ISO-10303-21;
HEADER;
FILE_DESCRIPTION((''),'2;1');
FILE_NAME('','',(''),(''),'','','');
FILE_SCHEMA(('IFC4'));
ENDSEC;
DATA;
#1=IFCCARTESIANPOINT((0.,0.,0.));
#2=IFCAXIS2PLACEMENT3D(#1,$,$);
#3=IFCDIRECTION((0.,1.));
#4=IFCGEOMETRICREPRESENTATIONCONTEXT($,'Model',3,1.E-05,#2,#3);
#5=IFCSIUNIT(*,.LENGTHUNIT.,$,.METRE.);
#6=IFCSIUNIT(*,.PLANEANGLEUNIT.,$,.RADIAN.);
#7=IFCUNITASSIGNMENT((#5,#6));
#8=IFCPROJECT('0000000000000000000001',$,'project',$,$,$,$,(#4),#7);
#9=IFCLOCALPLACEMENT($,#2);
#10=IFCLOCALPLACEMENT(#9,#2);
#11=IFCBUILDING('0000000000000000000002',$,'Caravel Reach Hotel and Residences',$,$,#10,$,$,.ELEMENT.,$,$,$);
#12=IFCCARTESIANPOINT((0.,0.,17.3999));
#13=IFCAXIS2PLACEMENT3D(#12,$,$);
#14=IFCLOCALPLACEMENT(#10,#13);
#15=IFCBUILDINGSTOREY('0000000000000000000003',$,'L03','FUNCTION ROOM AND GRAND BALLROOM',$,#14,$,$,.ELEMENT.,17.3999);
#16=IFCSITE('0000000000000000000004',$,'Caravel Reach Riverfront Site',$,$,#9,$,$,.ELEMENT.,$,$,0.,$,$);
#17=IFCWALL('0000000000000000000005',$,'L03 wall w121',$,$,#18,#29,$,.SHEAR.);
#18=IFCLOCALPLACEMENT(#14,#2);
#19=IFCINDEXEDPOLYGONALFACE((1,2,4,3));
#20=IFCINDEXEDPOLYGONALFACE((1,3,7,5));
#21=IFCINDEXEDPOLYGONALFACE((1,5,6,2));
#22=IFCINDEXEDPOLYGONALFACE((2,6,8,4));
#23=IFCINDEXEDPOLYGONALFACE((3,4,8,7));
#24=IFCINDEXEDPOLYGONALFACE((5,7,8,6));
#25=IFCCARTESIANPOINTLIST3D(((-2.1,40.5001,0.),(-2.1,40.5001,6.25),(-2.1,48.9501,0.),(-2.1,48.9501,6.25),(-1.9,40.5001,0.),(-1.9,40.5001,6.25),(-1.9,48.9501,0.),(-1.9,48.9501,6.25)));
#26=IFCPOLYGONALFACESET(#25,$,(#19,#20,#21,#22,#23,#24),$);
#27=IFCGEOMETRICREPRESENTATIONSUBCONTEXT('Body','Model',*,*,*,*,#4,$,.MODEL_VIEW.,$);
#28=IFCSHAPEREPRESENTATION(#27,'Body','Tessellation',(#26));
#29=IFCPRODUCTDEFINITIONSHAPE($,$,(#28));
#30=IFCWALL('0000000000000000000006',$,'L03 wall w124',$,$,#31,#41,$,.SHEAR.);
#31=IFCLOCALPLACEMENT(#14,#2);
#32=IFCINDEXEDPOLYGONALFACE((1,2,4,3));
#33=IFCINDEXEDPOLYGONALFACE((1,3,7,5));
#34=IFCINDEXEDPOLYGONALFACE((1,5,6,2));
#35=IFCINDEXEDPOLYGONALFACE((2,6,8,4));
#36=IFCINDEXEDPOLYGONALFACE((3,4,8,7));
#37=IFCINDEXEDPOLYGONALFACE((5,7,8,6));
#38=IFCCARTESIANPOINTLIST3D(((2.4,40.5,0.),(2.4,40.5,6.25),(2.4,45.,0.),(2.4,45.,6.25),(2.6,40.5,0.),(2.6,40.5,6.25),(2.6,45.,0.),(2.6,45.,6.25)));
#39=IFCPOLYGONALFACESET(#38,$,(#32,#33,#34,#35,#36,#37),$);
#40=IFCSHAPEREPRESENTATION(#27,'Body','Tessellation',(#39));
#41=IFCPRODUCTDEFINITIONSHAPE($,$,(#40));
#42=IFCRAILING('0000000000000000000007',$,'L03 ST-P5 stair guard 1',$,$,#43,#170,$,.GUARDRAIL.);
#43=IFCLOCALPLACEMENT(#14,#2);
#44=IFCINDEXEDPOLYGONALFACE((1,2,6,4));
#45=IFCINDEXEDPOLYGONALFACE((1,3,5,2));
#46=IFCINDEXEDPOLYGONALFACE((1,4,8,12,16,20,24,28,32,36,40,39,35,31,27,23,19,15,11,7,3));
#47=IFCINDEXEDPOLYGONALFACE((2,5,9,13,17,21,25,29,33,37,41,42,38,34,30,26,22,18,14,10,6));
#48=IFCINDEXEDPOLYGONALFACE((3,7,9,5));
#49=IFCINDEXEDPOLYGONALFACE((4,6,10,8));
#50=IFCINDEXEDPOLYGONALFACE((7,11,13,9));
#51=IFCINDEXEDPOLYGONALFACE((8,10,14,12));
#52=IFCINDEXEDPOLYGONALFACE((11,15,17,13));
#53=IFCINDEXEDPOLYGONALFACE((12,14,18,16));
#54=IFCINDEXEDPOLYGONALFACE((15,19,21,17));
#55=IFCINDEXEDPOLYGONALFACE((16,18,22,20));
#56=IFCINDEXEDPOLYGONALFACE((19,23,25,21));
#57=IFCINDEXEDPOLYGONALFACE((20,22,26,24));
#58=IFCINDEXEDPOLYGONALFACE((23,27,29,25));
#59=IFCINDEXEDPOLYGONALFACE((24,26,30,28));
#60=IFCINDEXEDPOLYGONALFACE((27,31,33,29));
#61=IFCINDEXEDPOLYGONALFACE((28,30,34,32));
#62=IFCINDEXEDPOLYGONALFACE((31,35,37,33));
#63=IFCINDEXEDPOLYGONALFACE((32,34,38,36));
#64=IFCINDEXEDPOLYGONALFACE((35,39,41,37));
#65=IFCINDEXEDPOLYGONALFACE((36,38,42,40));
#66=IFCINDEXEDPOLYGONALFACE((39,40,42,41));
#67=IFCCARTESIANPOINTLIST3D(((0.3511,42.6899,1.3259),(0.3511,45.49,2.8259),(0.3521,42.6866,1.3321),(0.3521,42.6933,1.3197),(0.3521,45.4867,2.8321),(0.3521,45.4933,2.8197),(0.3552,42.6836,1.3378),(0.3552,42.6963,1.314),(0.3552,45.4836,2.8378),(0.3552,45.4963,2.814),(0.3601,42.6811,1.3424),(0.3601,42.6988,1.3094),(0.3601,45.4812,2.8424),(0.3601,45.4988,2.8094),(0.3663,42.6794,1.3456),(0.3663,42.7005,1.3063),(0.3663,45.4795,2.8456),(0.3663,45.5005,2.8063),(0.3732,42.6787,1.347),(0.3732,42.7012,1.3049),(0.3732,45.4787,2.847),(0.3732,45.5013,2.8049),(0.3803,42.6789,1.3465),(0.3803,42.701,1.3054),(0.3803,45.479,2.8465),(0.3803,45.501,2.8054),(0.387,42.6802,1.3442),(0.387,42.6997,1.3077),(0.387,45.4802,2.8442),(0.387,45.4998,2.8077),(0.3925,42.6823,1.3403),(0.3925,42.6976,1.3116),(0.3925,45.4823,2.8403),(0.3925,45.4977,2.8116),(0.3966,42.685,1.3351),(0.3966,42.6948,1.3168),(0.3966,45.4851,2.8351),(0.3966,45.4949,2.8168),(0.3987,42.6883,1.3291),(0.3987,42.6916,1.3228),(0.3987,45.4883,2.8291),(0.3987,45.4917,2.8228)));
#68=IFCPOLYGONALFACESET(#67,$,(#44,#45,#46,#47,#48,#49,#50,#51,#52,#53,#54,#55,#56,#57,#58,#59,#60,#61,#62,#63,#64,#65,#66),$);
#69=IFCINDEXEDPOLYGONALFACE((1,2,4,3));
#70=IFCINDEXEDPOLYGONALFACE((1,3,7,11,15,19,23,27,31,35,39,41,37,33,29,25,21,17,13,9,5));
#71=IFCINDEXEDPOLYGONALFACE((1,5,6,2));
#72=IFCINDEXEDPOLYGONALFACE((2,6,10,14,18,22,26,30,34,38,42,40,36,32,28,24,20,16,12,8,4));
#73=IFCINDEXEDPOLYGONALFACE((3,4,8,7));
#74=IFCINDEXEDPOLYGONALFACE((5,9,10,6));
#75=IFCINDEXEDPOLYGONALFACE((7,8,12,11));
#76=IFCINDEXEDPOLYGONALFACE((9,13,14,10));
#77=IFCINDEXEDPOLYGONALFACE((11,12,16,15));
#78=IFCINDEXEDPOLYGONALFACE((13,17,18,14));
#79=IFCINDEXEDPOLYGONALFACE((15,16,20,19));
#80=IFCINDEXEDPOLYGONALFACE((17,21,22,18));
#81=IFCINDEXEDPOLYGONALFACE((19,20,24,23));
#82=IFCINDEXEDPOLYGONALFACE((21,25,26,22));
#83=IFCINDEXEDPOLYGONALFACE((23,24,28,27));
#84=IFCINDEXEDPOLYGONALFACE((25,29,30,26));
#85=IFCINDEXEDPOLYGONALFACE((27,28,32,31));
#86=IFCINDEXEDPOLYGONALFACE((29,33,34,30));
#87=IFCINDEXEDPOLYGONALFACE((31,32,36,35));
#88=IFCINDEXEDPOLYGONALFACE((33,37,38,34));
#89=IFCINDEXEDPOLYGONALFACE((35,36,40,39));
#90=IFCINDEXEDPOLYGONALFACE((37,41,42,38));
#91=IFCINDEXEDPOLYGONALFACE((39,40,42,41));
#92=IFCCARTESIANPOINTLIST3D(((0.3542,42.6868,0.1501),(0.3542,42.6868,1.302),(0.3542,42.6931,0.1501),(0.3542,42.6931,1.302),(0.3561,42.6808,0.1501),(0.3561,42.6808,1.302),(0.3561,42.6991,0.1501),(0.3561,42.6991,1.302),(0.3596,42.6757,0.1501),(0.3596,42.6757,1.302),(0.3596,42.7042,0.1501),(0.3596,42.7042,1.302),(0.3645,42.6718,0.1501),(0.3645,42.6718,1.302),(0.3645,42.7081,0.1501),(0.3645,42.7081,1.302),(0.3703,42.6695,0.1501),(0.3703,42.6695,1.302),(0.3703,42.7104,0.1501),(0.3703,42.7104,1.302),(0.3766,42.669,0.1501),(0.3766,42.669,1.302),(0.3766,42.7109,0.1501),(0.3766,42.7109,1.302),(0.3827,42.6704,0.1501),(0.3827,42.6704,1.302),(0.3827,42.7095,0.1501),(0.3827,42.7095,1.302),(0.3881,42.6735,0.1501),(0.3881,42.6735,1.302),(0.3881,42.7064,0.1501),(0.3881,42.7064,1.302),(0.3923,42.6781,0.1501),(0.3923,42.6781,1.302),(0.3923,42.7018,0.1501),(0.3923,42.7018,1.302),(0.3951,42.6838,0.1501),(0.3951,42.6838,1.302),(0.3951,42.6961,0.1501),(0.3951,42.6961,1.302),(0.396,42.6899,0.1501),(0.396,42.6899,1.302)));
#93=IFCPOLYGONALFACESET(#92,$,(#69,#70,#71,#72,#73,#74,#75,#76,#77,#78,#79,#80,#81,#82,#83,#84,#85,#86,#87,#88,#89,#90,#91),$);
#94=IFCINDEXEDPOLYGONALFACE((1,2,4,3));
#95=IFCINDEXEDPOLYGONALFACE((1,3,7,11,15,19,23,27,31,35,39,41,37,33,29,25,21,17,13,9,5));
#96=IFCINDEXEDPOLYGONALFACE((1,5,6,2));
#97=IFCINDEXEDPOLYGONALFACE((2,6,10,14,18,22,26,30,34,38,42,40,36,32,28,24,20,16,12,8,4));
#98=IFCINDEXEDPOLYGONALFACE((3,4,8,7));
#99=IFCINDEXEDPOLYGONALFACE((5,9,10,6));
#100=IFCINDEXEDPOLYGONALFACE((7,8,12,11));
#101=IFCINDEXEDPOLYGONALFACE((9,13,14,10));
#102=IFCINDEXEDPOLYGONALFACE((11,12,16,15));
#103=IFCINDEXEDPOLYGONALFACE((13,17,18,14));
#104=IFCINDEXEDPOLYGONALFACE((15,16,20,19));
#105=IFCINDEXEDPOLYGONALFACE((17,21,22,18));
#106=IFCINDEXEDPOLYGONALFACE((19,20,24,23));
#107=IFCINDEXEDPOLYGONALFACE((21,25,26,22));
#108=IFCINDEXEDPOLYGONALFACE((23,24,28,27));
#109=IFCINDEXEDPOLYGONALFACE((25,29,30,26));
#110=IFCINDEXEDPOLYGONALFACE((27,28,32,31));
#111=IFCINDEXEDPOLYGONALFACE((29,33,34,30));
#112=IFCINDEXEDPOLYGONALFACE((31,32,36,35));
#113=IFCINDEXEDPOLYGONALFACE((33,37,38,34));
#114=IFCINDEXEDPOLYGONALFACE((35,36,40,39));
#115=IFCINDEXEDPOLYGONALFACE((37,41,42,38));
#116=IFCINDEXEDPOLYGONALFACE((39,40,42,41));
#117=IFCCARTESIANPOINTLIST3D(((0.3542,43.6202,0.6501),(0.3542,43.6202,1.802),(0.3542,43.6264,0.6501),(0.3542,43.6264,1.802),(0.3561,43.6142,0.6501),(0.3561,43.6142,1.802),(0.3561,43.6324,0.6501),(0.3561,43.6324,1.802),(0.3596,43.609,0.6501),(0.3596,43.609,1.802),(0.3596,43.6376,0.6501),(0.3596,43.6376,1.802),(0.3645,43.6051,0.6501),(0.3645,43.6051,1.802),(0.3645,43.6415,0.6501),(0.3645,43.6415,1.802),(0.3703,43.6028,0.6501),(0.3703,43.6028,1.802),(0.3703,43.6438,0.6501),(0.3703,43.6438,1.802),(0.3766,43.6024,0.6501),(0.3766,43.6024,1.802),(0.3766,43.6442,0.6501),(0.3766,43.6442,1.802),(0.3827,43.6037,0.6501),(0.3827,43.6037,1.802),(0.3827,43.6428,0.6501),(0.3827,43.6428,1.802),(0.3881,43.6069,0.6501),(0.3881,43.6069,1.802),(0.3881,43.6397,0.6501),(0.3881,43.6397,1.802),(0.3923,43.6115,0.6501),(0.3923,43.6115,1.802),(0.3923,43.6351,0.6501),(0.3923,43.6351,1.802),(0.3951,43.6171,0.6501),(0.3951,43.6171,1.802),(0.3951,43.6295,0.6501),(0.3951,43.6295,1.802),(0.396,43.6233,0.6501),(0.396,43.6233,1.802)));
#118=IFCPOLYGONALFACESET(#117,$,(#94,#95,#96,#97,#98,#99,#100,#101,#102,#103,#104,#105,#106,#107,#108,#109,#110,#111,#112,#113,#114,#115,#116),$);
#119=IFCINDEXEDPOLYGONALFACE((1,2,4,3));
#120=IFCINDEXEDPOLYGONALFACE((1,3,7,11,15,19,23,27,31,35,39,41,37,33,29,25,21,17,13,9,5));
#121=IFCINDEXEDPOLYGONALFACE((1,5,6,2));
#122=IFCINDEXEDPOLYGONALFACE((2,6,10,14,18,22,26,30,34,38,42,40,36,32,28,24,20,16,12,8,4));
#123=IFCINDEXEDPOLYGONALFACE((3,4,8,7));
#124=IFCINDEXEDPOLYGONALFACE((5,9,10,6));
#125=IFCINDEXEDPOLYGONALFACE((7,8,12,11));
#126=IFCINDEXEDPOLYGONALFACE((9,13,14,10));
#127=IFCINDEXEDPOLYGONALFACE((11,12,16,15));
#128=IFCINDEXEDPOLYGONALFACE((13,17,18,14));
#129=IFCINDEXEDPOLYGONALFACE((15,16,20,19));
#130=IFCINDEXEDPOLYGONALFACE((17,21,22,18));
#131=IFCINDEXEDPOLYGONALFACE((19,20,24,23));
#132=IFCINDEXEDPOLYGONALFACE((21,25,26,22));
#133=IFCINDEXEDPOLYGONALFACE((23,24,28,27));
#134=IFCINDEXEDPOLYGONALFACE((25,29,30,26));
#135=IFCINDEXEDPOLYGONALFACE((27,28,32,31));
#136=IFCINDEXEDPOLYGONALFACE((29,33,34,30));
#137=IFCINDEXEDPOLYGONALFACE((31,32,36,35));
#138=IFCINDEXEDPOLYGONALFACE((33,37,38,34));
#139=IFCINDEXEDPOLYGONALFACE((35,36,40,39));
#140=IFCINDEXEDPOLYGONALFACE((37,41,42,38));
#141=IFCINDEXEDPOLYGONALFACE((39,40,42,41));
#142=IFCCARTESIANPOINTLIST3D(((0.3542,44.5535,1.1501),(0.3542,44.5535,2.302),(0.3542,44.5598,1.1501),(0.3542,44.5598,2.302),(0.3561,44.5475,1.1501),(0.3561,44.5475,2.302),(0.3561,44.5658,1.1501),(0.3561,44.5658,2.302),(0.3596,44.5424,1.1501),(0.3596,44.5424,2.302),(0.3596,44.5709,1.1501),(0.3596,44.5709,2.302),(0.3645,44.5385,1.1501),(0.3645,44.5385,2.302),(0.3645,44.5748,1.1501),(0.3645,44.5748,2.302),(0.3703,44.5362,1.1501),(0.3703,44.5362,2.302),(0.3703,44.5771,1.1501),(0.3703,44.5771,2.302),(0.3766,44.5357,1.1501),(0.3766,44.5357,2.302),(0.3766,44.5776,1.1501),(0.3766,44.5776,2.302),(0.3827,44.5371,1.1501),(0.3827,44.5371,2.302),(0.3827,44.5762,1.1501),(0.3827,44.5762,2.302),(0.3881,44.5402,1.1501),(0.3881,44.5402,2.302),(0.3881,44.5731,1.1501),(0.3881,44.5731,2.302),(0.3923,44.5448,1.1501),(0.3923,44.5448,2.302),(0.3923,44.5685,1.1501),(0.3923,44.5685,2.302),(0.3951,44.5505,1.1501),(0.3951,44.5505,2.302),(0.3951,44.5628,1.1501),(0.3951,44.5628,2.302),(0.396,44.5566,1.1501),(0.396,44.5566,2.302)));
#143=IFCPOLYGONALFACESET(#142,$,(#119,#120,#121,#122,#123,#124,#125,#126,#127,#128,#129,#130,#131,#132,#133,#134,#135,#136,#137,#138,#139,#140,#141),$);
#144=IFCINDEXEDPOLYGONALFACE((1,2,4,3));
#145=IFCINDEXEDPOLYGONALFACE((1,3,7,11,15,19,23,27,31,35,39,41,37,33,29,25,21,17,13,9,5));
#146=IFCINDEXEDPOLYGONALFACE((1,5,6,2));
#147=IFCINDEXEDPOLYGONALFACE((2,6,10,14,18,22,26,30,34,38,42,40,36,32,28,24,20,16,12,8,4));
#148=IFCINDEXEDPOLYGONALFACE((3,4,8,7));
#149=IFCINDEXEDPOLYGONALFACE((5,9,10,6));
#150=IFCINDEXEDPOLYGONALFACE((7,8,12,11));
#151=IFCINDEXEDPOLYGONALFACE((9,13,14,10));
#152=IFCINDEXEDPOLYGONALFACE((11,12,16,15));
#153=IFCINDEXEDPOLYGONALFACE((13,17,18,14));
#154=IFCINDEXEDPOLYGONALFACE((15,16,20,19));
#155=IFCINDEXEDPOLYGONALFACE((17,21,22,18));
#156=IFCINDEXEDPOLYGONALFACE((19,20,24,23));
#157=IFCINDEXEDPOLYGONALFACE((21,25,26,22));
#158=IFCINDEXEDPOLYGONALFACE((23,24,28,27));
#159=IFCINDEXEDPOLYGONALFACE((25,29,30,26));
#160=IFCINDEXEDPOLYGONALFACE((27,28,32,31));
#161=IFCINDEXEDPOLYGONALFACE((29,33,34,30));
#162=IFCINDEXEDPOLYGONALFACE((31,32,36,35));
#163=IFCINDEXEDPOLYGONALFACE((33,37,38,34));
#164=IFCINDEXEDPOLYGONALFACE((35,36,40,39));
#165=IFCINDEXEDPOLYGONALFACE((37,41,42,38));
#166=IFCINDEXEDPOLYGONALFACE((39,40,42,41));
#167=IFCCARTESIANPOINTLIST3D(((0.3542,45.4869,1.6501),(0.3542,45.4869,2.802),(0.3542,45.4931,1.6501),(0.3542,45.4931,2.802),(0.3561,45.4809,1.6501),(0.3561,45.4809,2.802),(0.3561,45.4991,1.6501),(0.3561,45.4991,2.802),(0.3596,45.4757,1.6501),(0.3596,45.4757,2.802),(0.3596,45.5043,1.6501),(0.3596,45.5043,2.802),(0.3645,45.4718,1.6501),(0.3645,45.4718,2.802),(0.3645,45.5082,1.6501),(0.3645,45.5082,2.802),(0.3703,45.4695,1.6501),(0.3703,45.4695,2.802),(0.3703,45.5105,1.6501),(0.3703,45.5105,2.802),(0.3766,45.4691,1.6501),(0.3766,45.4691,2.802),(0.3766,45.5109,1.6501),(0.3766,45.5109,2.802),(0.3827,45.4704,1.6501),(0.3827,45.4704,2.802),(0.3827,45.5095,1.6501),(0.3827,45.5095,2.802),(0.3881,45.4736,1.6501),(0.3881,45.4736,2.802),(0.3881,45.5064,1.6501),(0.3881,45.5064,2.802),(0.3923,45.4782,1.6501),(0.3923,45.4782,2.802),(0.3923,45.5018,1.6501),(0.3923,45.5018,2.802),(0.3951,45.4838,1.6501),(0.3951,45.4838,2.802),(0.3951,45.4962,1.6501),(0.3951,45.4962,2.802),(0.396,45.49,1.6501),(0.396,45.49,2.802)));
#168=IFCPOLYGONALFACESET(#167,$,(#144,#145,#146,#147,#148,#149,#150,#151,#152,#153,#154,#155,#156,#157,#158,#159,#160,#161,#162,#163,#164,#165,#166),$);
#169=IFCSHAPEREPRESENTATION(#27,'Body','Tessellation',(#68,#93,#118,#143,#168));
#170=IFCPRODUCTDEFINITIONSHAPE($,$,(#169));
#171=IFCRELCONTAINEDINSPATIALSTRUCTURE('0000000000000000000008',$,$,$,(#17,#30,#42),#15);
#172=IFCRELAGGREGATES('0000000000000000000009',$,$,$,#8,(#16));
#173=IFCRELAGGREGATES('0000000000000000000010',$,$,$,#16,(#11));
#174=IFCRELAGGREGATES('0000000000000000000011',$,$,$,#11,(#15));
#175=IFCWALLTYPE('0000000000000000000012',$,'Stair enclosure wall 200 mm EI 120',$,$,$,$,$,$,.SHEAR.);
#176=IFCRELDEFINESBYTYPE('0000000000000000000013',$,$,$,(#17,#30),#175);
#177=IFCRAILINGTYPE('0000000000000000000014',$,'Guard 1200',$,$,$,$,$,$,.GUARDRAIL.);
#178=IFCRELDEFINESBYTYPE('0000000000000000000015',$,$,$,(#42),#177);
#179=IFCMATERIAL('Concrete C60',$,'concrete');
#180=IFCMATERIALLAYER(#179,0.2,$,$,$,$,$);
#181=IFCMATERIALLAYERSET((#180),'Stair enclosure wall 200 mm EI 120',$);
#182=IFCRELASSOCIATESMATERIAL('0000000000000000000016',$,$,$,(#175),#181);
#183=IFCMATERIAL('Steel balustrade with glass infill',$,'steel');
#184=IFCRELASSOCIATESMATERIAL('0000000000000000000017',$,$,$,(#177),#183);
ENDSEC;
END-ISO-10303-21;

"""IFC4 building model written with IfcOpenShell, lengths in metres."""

from ifc_helpers import new_model, si_unit, direction, frame, frame_2d, origin, origin_2d, place, context, subcontext, project, spatial, rectangle, circle, extrude, material, layer, layer_set, type_object, element, save


model = new_model("IFC4")

# Units and contexts
model_context = context("Model", 3, precision=1e-05, world=origin(), true_north=direction((0.0, 1.0)))
body_context = subcontext(model_context, "Body", "Model", "MODEL_VIEW")
ifc_project = project(units=[si_unit("LENGTHUNIT", "METRE"), si_unit("PLANEANGLEUNIT", "RADIAN")], contexts=[model_context])

# Site, building, storey
site_placement = place(None, origin())
site = spatial("IfcSite", under=ifc_project, at=site_placement, Name="Caravel Reach Riverfront Site", CompositionType="ELEMENT", RefElevation=0.0)
building_placement = place(site_placement, origin())
building = spatial("IfcBuilding", under=site, at=building_placement, Name="Caravel Reach Hotel and Residences", CompositionType="ELEMENT")
storey_placement = place(building_placement, frame((0.0, 0.0, 17.3999)))
storey = spatial("IfcBuildingStorey", under=building, at=storey_placement, Name="L03", Description="FUNCTION ROOM AND GRAND BALLROOM", CompositionType="ELEMENT", Elevation=17.3999)

# Walls
ifc_material_1 = material(Name="Concrete C60", Category="concrete")
ifc_layer_1 = layer(ifc_material_1, 0.2)
ifc_layer_set_1 = layer_set([ifc_layer_1], Name="Stair enclosure wall 200 mm EI 120")
wall_type_1 = type_object("IfcWallType", Name="Stair enclosure wall 200 mm EI 120", PredefinedType="SHEAR", material=ifc_layer_set_1)
wall_1_placement = place(storey_placement, frame((-2.0, 40.5, 0.0), z_axis=(0.0, 0.0, 1.0), x_axis=(0.0, 1.0, 0.0)))
element("IfcWall", 1, at=wall_1_placement, inside=storey, type_object=wall_type_1, Name="L03 wall w121", PredefinedType="SHEAR", context=body_context, shape_type="SweptSolid", body=[
    extrude(rectangle(XDim=8.45, YDim=0.2, at=frame_2d((4.2251, 0.0))), origin(), (0.0, 0.0, 1.0), 6.25),
])
wall_2_placement = place(storey_placement, frame((2.5, 40.5, 0.0), z_axis=(0.0, 0.0, 1.0), x_axis=(0.0, 1.0, 0.0)))
element("IfcWall", 2, at=wall_2_placement, inside=storey, type_object=wall_type_1, Name="L03 wall w124", PredefinedType="SHEAR", context=body_context, shape_type="SweptSolid", body=[
    extrude(rectangle(XDim=4.5, YDim=0.2, at=frame_2d((2.25, 0.0))), origin(), (0.0, 0.0, 1.0), 6.25),
])

# Railing
ifc_material_2 = material(Name="Steel balustrade with glass infill", Category="steel")
railing_type_1 = type_object("IfcRailingType", Name="Guard 1200", PredefinedType="GUARDRAIL", material=ifc_material_2)
railing_1_placement = place(storey_placement, frame((0.375, 42.6899, 0.1501)))
element("IfcRailing", 3, at=railing_1_placement, inside=storey, type_object=railing_type_1, Name="L03 ST-P5 stair guard 1", PredefinedType="GUARDRAIL", context=body_context, shape_type="SweptSolid", body=[
    extrude(circle(Radius=0.0239, at=origin_2d()), frame((0.0, 0.0, 1.1758), z_axis=(0.0, 0.881483, 0.472215), x_axis=(-1.0, 0.0, 0.0)), (0.0, 0.0, 1.0), 3.1765),
    extrude(circle(Radius=0.021, at=origin_2d()), origin(), (0.0, 0.0, 1.0), 1.1519),
    extrude(circle(Radius=0.021, at=origin_2d()), frame((0.0, 0.9333, 0.5)), (0.0, 0.0, 1.0), 1.1519),
    extrude(circle(Radius=0.021, at=origin_2d()), frame((0.0, 1.8667, 1.0)), (0.0, 0.0, 1.0), 1.1519),
    extrude(circle(Radius=0.021, at=origin_2d()), frame((0.0, 2.8, 1.5)), (0.0, 0.0, 1.0), 1.1519),
])

save(model, "model.ifc")
